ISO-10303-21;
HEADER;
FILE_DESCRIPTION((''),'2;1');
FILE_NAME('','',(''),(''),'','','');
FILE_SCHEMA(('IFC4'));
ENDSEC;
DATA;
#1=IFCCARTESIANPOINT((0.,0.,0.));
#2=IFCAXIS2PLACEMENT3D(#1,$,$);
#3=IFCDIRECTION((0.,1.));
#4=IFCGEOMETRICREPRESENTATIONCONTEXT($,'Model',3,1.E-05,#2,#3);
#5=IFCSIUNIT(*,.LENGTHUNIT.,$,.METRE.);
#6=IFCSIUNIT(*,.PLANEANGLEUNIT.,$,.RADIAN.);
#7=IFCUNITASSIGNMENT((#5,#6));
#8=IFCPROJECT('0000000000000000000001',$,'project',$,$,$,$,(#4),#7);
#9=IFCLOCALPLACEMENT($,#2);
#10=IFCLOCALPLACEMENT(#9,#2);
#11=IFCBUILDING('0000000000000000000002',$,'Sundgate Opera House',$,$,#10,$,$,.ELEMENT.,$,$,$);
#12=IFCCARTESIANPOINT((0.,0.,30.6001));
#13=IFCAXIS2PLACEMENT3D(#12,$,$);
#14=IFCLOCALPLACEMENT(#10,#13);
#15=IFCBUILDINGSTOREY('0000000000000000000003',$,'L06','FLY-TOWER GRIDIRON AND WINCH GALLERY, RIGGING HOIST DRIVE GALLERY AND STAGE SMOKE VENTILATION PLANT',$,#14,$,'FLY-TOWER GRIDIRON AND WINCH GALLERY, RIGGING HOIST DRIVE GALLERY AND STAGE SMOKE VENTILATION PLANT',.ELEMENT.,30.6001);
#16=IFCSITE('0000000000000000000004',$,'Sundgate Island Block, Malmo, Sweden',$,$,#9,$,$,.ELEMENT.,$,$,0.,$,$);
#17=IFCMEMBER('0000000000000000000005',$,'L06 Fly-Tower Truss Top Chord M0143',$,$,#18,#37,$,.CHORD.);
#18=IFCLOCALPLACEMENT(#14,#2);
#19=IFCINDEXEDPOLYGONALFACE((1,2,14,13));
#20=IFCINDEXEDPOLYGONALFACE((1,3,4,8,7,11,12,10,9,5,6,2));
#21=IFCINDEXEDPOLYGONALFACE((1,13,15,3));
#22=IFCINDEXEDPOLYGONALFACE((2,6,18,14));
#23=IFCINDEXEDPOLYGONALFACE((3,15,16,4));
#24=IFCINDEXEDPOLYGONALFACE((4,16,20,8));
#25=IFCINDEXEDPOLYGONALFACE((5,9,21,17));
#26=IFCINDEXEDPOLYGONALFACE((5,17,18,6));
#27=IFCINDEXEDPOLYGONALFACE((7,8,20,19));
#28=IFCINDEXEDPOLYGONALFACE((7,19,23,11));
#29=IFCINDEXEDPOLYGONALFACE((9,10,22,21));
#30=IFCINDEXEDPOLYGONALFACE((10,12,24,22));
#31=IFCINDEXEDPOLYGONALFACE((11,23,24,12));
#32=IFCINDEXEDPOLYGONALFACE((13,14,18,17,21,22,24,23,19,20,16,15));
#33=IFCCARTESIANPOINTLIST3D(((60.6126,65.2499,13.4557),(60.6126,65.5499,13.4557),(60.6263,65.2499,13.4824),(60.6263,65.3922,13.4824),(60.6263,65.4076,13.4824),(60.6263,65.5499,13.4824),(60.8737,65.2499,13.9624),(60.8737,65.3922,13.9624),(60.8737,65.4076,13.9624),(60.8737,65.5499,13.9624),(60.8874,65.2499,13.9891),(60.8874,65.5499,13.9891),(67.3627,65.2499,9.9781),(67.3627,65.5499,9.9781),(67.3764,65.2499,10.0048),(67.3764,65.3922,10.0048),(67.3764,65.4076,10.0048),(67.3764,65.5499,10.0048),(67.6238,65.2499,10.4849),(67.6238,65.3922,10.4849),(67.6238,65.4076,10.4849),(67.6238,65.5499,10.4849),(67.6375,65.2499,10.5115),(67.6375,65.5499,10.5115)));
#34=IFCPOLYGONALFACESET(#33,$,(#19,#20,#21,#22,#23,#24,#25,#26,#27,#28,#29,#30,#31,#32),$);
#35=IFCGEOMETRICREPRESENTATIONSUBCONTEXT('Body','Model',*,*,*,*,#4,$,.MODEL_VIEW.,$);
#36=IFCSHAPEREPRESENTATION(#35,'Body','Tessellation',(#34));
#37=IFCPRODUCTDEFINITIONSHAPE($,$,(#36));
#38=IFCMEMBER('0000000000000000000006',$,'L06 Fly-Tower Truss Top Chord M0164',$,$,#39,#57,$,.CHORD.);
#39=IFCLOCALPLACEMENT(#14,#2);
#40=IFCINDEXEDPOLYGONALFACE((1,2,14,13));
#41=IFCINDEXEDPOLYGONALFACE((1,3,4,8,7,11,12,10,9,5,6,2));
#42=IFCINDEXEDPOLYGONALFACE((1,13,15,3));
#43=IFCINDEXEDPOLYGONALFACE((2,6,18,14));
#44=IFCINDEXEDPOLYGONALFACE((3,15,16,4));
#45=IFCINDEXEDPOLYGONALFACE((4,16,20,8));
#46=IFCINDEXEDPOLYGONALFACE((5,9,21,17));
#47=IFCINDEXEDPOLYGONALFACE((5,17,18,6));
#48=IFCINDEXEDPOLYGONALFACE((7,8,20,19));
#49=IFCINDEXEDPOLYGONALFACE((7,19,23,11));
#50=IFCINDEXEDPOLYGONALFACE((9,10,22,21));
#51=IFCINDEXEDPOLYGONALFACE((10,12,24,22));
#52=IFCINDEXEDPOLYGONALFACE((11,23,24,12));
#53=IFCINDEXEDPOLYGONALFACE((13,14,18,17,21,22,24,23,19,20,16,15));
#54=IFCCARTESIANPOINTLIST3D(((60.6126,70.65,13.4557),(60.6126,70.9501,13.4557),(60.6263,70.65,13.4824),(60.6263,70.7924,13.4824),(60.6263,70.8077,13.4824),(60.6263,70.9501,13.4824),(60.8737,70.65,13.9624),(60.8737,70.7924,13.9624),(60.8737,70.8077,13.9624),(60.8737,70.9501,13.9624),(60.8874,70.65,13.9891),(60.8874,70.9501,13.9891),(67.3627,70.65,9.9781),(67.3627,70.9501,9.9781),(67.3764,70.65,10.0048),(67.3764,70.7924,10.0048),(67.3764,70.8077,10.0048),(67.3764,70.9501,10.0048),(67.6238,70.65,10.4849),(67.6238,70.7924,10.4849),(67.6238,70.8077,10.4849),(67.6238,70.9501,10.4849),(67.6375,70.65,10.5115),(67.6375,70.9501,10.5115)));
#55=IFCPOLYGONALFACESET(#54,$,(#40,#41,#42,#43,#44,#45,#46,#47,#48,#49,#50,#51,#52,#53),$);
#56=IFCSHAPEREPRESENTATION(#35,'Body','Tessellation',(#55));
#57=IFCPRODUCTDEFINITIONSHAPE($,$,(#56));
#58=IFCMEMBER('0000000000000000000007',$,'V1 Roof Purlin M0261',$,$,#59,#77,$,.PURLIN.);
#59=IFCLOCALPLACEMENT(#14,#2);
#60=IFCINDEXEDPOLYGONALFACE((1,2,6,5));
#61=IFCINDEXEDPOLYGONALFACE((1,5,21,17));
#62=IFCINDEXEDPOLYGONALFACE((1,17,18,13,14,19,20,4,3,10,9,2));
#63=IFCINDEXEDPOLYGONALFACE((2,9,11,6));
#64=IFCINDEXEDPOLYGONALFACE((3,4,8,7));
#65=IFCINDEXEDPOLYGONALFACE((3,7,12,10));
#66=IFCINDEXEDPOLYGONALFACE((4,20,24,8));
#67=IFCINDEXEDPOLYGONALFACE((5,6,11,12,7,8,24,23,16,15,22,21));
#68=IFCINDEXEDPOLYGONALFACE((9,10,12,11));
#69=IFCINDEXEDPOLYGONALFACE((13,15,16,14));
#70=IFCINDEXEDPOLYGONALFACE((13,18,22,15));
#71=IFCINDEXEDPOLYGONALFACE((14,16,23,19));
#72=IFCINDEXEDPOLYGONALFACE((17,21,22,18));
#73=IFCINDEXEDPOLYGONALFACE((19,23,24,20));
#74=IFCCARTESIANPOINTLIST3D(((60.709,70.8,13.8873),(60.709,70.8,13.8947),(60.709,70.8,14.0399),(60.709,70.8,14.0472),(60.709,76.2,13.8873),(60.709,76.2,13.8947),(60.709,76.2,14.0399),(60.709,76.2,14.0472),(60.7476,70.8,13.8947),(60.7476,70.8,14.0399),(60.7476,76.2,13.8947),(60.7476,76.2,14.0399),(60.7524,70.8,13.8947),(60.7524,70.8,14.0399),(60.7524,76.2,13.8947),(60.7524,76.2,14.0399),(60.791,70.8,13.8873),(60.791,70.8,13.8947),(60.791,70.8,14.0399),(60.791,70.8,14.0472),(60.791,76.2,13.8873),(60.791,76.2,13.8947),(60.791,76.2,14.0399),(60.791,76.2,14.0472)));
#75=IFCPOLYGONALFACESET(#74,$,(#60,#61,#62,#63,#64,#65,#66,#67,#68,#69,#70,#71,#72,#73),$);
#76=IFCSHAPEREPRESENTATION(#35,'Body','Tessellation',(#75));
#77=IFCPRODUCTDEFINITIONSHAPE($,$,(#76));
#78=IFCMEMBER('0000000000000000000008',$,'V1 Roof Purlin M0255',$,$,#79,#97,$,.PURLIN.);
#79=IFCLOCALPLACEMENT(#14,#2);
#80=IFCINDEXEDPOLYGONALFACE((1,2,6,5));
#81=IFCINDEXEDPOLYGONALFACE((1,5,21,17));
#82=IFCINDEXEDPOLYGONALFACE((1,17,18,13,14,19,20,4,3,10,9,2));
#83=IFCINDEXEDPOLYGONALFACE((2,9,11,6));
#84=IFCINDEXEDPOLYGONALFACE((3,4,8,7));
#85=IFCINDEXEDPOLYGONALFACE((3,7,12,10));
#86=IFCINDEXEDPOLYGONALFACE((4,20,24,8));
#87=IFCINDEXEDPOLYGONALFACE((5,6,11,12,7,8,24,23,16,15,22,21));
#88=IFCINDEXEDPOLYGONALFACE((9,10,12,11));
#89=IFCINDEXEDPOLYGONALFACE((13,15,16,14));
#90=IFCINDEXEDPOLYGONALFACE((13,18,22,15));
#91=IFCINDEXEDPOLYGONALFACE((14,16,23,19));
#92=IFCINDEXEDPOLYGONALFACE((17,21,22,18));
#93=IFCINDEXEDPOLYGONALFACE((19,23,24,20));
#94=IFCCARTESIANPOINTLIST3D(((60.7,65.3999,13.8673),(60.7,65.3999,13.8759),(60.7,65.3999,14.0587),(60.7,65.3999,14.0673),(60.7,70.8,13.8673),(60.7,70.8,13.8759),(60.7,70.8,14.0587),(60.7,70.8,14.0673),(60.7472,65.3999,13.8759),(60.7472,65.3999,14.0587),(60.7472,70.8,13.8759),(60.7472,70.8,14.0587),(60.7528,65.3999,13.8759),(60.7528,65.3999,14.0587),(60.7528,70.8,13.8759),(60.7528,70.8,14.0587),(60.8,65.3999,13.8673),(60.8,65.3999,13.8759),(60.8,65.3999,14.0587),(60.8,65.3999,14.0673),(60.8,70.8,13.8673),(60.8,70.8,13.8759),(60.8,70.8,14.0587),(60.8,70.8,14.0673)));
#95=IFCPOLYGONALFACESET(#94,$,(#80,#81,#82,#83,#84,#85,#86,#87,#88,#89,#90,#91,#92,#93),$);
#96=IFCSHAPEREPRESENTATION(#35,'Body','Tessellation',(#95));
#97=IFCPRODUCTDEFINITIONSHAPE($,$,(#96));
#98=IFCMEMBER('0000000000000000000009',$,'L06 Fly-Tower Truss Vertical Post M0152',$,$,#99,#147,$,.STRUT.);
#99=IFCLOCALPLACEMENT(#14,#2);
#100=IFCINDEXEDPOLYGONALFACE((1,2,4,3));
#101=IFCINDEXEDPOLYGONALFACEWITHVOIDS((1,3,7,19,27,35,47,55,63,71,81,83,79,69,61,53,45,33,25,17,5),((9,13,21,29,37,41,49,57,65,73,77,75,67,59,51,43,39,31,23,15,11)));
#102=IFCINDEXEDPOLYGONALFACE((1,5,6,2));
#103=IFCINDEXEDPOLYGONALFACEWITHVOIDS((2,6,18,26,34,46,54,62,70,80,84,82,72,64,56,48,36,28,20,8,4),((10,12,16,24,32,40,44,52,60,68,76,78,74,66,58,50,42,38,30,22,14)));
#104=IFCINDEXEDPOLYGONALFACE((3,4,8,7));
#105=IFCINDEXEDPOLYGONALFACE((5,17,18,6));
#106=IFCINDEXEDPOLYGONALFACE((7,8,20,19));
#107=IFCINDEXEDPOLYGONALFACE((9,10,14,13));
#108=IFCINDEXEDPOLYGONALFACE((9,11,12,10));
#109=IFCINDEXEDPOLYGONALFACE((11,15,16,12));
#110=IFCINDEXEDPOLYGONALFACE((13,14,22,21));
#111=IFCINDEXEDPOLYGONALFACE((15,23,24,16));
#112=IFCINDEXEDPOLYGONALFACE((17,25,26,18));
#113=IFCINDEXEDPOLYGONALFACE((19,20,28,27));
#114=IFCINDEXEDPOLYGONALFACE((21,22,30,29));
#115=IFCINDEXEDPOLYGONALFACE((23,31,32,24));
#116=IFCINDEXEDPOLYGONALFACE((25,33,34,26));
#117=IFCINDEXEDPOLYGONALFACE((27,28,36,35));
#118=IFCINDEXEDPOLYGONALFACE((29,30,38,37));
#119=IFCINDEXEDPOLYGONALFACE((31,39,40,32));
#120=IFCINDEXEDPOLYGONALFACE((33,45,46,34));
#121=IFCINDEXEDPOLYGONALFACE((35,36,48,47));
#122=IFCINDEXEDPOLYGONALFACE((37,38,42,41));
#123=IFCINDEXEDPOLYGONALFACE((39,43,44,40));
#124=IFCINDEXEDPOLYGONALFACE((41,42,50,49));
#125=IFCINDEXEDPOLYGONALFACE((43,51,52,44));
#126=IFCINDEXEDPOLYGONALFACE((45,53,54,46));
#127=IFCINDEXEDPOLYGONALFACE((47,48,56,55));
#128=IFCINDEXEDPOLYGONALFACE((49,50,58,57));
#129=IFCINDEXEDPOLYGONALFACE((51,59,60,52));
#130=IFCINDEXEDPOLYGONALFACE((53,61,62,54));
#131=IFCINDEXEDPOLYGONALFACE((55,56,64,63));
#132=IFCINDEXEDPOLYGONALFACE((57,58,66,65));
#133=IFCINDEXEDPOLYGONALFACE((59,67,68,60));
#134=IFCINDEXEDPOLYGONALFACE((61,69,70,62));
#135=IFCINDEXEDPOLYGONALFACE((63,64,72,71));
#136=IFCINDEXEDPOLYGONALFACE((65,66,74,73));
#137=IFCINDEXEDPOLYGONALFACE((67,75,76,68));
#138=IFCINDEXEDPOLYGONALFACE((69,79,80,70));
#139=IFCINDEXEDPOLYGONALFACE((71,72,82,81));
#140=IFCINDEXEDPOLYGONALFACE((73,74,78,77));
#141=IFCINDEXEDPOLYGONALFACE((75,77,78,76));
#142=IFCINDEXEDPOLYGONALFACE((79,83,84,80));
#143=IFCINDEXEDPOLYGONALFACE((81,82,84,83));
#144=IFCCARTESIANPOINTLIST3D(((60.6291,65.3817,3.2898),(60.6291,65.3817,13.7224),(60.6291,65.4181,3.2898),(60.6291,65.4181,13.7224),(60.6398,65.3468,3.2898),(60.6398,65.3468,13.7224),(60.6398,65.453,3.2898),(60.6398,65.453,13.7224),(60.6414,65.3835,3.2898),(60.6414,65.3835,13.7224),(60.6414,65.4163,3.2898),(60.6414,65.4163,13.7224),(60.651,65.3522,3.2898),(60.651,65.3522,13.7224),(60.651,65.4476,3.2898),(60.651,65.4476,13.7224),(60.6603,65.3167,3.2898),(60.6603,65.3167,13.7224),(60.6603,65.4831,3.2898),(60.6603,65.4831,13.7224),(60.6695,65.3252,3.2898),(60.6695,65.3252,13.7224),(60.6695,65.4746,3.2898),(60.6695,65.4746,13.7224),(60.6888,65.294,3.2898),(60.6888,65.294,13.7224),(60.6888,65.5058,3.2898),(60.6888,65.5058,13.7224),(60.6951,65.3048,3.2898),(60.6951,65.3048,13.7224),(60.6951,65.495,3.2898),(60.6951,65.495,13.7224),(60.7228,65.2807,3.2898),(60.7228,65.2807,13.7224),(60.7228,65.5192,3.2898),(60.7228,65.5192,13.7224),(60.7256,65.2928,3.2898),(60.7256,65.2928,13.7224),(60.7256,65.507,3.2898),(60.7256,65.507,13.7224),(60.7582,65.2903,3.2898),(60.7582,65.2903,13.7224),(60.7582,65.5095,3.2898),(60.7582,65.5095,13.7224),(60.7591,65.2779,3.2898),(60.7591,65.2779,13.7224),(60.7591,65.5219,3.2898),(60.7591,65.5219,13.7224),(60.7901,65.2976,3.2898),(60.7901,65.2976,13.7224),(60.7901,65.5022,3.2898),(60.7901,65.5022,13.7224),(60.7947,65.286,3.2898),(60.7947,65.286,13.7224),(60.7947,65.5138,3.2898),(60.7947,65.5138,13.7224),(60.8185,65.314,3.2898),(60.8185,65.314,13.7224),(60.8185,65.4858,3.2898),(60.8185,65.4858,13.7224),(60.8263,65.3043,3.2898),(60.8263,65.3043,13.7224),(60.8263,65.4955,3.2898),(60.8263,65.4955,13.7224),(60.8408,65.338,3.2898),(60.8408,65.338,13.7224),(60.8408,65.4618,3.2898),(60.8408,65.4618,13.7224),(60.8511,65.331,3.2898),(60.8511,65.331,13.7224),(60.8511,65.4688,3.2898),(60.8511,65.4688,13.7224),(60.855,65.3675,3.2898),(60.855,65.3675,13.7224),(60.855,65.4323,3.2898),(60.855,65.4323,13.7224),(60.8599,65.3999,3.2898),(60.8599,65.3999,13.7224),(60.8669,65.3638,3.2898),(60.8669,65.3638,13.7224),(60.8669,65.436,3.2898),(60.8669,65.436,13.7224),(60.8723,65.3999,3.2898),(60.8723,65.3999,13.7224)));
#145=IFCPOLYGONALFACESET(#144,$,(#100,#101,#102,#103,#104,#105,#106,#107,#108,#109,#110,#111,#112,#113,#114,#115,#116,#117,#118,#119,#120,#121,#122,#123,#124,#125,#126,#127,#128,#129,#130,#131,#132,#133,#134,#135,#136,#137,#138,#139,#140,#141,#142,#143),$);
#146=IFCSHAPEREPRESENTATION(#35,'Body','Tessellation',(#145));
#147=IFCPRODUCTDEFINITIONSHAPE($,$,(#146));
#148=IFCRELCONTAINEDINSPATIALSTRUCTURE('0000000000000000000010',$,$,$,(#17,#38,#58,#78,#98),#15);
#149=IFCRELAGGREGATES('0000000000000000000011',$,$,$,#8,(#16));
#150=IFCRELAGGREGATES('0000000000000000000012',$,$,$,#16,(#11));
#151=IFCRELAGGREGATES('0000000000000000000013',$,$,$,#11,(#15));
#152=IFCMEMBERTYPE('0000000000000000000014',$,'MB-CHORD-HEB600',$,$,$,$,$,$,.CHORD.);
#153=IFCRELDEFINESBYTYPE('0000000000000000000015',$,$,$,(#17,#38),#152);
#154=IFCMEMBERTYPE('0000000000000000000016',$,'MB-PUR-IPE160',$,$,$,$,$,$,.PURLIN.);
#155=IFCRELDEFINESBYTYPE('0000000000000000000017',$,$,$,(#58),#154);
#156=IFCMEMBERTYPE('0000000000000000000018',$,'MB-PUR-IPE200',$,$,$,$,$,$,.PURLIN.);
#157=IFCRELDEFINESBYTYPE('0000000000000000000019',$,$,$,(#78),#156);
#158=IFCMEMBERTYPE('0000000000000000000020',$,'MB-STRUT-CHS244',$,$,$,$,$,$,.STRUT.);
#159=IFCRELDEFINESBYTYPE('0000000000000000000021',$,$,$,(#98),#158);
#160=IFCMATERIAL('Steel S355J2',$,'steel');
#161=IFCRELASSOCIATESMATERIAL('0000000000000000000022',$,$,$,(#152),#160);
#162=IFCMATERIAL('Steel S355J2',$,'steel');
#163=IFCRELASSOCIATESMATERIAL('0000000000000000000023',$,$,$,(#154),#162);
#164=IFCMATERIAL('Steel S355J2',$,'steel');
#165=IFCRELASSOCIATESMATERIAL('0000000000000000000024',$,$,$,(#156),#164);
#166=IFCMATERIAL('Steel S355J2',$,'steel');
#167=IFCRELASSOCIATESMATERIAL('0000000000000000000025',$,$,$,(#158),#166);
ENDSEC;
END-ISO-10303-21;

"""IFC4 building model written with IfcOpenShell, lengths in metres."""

from ifc_helpers import new_model, si_unit, direction, frame, origin, origin_2d, place, context, subcontext, project, spatial, hollow_circle, i_section, extrude, material, material_profile, profile_set, type_object, element, save


model = new_model("IFC4")

# Units and contexts
model_context = context("Model", 3, precision=1e-05, world=origin(), true_north=direction((0.0, 1.0)))
body_context = subcontext(model_context, "Body", "Model", "MODEL_VIEW")
ifc_project = project(units=[si_unit("LENGTHUNIT", "METRE"), si_unit("PLANEANGLEUNIT", "RADIAN")], contexts=[model_context])

# Site, building, storey
site_placement = place(None, origin())
site = spatial("IfcSite", under=ifc_project, at=site_placement, Name="Sundgate Island Block, Malmo, Sweden", CompositionType="ELEMENT", RefElevation=0.0)
building_placement = place(site_placement, origin())
building = spatial("IfcBuilding", under=site, at=building_placement, Name="Sundgate Opera House", CompositionType="ELEMENT")
storey_placement = place(building_placement, frame((0.0, 0.0, 30.6001)))
storey = spatial("IfcBuildingStorey", under=building, at=storey_placement, Name="L06", Description="FLY-TOWER GRIDIRON AND WINCH GALLERY, RIGGING HOIST DRIVE GALLERY AND STAGE SMOKE VENTILATION PLANT", LongName="FLY-TOWER GRIDIRON AND WINCH GALLERY, RIGGING HOIST DRIVE GALLERY AND STAGE SMOKE VENTILATION PLANT", CompositionType="ELEMENT", Elevation=30.6001)

# Members
ifc_material_1 = material(Name="Steel S355J2", Category="steel")
ifc_material_profile_1 = material_profile(ifc_material_1, i_section(OverallWidth=0.3, OverallDepth=0.6001, WebThickness=0.0154, FlangeThickness=0.03, at=origin_2d()), Name="HEB 600")
ifc_profile_set_1 = profile_set([ifc_material_profile_1], Name="Steel S355J2")
member_type_1 = type_object("IfcMemberType", Name="MB-CHORD-HEB600", PredefinedType="CHORD", material=ifc_profile_set_1)
for number, where, z_axis, x_axis, name in (
    (1, (60.75, 65.3999, 13.7224), (0.88896, 0.0, -0.457984), (0.0, 1.0, 0.0), "L06 Fly-Tower Truss Top Chord M0143"),
    (2, (60.75, 70.8, 13.7224), (0.88896, 0.0, -0.457984), (0.0, 1.0, 0.0), "L06 Fly-Tower Truss Top Chord M0164"),
):
    element("IfcMember", number, at=place(storey_placement, frame(where, z_axis=z_axis, x_axis=x_axis)), inside=storey, type_object=member_type_1, Name=name, PredefinedType="CHORD", context=body_context, shape_type="SweptSolid", body=[
        extrude(i_section(OverallWidth=0.3, OverallDepth=0.6001, WebThickness=0.0154, FlangeThickness=0.03, at=origin_2d()), origin(), (0.0, 0.0, 1.0), 7.5933),
    ])
ifc_material_2 = material(Name="Steel S355J2", Category="steel")
ifc_material_profile_2 = material_profile(ifc_material_2, i_section(OverallWidth=0.082, OverallDepth=0.1599, WebThickness=0.0049, FlangeThickness=0.0073, at=origin_2d()), Name="IPE 160")
ifc_profile_set_2 = profile_set([ifc_material_profile_2], Name="Steel S355J2")
member_type_2 = type_object("IfcMemberType", Name="MB-PUR-IPE160", PredefinedType="PURLIN", material=ifc_profile_set_2)
member_1_placement = place(storey_placement, frame((60.75, 70.8, 13.9673), z_axis=(0.0, 1.0, 0.0), x_axis=(-1.0, 0.0, 0.0)))
element("IfcMember", 3, at=member_1_placement, inside=storey, type_object=member_type_2, Name="V1 Roof Purlin M0261", PredefinedType="PURLIN", context=body_context, shape_type="SweptSolid", body=[
    extrude(i_section(OverallWidth=0.082, OverallDepth=0.1599, WebThickness=0.0049, FlangeThickness=0.0073, at=origin_2d()), origin(), (0.0, 0.0, 1.0), 5.3999),
])
ifc_material_3 = material(Name="Steel S355J2", Category="steel")
ifc_material_profile_3 = material_profile(ifc_material_3, i_section(OverallWidth=0.1001, OverallDepth=0.2, WebThickness=0.0056, FlangeThickness=0.0085, at=origin_2d()), Name="IPE 200")
ifc_profile_set_3 = profile_set([ifc_material_profile_3], Name="Steel S355J2")
member_type_3 = type_object("IfcMemberType", Name="MB-PUR-IPE200", PredefinedType="PURLIN", material=ifc_profile_set_3)
member_2_placement = place(storey_placement, frame((60.75, 65.3999, 13.9673), z_axis=(0.0, 1.0, 0.0), x_axis=(-1.0, 0.0, 0.0)))
element("IfcMember", 4, at=member_2_placement, inside=storey, type_object=member_type_3, Name="V1 Roof Purlin M0255", PredefinedType="PURLIN", context=body_context, shape_type="SweptSolid", body=[
    extrude(i_section(OverallWidth=0.1001, OverallDepth=0.2, WebThickness=0.0056, FlangeThickness=0.0085, at=origin_2d()), origin(), (0.0, 0.0, 1.0), 5.4001),
])
ifc_material_4 = material(Name="Steel S355J2", Category="steel")
ifc_material_profile_4 = material_profile(ifc_material_4, hollow_circle(Radius=0.1223, WallThickness=0.0125, at=origin_2d()), Name="CHS 244.5x12.5")
ifc_profile_set_4 = profile_set([ifc_material_profile_4], Name="Steel S355J2")
member_type_4 = type_object("IfcMemberType", Name="MB-STRUT-CHS244", PredefinedType="STRUT", material=ifc_profile_set_4)
member_3_placement = place(storey_placement, frame((60.75, 65.3999, 3.2898), z_axis=(0.0, 0.0, 1.0), x_axis=(1.0, 0.0, 0.0)))
element("IfcMember", 5, at=member_3_placement, inside=storey, type_object=member_type_4, Name="L06 Fly-Tower Truss Vertical Post M0152", PredefinedType="STRUT", context=body_context, shape_type="SweptSolid", body=[
    extrude(hollow_circle(Radius=0.1223, WallThickness=0.0125, at=origin_2d()), origin(), (0.0, 0.0, 1.0), 10.4326),
])

save(model, "model.ifc")
